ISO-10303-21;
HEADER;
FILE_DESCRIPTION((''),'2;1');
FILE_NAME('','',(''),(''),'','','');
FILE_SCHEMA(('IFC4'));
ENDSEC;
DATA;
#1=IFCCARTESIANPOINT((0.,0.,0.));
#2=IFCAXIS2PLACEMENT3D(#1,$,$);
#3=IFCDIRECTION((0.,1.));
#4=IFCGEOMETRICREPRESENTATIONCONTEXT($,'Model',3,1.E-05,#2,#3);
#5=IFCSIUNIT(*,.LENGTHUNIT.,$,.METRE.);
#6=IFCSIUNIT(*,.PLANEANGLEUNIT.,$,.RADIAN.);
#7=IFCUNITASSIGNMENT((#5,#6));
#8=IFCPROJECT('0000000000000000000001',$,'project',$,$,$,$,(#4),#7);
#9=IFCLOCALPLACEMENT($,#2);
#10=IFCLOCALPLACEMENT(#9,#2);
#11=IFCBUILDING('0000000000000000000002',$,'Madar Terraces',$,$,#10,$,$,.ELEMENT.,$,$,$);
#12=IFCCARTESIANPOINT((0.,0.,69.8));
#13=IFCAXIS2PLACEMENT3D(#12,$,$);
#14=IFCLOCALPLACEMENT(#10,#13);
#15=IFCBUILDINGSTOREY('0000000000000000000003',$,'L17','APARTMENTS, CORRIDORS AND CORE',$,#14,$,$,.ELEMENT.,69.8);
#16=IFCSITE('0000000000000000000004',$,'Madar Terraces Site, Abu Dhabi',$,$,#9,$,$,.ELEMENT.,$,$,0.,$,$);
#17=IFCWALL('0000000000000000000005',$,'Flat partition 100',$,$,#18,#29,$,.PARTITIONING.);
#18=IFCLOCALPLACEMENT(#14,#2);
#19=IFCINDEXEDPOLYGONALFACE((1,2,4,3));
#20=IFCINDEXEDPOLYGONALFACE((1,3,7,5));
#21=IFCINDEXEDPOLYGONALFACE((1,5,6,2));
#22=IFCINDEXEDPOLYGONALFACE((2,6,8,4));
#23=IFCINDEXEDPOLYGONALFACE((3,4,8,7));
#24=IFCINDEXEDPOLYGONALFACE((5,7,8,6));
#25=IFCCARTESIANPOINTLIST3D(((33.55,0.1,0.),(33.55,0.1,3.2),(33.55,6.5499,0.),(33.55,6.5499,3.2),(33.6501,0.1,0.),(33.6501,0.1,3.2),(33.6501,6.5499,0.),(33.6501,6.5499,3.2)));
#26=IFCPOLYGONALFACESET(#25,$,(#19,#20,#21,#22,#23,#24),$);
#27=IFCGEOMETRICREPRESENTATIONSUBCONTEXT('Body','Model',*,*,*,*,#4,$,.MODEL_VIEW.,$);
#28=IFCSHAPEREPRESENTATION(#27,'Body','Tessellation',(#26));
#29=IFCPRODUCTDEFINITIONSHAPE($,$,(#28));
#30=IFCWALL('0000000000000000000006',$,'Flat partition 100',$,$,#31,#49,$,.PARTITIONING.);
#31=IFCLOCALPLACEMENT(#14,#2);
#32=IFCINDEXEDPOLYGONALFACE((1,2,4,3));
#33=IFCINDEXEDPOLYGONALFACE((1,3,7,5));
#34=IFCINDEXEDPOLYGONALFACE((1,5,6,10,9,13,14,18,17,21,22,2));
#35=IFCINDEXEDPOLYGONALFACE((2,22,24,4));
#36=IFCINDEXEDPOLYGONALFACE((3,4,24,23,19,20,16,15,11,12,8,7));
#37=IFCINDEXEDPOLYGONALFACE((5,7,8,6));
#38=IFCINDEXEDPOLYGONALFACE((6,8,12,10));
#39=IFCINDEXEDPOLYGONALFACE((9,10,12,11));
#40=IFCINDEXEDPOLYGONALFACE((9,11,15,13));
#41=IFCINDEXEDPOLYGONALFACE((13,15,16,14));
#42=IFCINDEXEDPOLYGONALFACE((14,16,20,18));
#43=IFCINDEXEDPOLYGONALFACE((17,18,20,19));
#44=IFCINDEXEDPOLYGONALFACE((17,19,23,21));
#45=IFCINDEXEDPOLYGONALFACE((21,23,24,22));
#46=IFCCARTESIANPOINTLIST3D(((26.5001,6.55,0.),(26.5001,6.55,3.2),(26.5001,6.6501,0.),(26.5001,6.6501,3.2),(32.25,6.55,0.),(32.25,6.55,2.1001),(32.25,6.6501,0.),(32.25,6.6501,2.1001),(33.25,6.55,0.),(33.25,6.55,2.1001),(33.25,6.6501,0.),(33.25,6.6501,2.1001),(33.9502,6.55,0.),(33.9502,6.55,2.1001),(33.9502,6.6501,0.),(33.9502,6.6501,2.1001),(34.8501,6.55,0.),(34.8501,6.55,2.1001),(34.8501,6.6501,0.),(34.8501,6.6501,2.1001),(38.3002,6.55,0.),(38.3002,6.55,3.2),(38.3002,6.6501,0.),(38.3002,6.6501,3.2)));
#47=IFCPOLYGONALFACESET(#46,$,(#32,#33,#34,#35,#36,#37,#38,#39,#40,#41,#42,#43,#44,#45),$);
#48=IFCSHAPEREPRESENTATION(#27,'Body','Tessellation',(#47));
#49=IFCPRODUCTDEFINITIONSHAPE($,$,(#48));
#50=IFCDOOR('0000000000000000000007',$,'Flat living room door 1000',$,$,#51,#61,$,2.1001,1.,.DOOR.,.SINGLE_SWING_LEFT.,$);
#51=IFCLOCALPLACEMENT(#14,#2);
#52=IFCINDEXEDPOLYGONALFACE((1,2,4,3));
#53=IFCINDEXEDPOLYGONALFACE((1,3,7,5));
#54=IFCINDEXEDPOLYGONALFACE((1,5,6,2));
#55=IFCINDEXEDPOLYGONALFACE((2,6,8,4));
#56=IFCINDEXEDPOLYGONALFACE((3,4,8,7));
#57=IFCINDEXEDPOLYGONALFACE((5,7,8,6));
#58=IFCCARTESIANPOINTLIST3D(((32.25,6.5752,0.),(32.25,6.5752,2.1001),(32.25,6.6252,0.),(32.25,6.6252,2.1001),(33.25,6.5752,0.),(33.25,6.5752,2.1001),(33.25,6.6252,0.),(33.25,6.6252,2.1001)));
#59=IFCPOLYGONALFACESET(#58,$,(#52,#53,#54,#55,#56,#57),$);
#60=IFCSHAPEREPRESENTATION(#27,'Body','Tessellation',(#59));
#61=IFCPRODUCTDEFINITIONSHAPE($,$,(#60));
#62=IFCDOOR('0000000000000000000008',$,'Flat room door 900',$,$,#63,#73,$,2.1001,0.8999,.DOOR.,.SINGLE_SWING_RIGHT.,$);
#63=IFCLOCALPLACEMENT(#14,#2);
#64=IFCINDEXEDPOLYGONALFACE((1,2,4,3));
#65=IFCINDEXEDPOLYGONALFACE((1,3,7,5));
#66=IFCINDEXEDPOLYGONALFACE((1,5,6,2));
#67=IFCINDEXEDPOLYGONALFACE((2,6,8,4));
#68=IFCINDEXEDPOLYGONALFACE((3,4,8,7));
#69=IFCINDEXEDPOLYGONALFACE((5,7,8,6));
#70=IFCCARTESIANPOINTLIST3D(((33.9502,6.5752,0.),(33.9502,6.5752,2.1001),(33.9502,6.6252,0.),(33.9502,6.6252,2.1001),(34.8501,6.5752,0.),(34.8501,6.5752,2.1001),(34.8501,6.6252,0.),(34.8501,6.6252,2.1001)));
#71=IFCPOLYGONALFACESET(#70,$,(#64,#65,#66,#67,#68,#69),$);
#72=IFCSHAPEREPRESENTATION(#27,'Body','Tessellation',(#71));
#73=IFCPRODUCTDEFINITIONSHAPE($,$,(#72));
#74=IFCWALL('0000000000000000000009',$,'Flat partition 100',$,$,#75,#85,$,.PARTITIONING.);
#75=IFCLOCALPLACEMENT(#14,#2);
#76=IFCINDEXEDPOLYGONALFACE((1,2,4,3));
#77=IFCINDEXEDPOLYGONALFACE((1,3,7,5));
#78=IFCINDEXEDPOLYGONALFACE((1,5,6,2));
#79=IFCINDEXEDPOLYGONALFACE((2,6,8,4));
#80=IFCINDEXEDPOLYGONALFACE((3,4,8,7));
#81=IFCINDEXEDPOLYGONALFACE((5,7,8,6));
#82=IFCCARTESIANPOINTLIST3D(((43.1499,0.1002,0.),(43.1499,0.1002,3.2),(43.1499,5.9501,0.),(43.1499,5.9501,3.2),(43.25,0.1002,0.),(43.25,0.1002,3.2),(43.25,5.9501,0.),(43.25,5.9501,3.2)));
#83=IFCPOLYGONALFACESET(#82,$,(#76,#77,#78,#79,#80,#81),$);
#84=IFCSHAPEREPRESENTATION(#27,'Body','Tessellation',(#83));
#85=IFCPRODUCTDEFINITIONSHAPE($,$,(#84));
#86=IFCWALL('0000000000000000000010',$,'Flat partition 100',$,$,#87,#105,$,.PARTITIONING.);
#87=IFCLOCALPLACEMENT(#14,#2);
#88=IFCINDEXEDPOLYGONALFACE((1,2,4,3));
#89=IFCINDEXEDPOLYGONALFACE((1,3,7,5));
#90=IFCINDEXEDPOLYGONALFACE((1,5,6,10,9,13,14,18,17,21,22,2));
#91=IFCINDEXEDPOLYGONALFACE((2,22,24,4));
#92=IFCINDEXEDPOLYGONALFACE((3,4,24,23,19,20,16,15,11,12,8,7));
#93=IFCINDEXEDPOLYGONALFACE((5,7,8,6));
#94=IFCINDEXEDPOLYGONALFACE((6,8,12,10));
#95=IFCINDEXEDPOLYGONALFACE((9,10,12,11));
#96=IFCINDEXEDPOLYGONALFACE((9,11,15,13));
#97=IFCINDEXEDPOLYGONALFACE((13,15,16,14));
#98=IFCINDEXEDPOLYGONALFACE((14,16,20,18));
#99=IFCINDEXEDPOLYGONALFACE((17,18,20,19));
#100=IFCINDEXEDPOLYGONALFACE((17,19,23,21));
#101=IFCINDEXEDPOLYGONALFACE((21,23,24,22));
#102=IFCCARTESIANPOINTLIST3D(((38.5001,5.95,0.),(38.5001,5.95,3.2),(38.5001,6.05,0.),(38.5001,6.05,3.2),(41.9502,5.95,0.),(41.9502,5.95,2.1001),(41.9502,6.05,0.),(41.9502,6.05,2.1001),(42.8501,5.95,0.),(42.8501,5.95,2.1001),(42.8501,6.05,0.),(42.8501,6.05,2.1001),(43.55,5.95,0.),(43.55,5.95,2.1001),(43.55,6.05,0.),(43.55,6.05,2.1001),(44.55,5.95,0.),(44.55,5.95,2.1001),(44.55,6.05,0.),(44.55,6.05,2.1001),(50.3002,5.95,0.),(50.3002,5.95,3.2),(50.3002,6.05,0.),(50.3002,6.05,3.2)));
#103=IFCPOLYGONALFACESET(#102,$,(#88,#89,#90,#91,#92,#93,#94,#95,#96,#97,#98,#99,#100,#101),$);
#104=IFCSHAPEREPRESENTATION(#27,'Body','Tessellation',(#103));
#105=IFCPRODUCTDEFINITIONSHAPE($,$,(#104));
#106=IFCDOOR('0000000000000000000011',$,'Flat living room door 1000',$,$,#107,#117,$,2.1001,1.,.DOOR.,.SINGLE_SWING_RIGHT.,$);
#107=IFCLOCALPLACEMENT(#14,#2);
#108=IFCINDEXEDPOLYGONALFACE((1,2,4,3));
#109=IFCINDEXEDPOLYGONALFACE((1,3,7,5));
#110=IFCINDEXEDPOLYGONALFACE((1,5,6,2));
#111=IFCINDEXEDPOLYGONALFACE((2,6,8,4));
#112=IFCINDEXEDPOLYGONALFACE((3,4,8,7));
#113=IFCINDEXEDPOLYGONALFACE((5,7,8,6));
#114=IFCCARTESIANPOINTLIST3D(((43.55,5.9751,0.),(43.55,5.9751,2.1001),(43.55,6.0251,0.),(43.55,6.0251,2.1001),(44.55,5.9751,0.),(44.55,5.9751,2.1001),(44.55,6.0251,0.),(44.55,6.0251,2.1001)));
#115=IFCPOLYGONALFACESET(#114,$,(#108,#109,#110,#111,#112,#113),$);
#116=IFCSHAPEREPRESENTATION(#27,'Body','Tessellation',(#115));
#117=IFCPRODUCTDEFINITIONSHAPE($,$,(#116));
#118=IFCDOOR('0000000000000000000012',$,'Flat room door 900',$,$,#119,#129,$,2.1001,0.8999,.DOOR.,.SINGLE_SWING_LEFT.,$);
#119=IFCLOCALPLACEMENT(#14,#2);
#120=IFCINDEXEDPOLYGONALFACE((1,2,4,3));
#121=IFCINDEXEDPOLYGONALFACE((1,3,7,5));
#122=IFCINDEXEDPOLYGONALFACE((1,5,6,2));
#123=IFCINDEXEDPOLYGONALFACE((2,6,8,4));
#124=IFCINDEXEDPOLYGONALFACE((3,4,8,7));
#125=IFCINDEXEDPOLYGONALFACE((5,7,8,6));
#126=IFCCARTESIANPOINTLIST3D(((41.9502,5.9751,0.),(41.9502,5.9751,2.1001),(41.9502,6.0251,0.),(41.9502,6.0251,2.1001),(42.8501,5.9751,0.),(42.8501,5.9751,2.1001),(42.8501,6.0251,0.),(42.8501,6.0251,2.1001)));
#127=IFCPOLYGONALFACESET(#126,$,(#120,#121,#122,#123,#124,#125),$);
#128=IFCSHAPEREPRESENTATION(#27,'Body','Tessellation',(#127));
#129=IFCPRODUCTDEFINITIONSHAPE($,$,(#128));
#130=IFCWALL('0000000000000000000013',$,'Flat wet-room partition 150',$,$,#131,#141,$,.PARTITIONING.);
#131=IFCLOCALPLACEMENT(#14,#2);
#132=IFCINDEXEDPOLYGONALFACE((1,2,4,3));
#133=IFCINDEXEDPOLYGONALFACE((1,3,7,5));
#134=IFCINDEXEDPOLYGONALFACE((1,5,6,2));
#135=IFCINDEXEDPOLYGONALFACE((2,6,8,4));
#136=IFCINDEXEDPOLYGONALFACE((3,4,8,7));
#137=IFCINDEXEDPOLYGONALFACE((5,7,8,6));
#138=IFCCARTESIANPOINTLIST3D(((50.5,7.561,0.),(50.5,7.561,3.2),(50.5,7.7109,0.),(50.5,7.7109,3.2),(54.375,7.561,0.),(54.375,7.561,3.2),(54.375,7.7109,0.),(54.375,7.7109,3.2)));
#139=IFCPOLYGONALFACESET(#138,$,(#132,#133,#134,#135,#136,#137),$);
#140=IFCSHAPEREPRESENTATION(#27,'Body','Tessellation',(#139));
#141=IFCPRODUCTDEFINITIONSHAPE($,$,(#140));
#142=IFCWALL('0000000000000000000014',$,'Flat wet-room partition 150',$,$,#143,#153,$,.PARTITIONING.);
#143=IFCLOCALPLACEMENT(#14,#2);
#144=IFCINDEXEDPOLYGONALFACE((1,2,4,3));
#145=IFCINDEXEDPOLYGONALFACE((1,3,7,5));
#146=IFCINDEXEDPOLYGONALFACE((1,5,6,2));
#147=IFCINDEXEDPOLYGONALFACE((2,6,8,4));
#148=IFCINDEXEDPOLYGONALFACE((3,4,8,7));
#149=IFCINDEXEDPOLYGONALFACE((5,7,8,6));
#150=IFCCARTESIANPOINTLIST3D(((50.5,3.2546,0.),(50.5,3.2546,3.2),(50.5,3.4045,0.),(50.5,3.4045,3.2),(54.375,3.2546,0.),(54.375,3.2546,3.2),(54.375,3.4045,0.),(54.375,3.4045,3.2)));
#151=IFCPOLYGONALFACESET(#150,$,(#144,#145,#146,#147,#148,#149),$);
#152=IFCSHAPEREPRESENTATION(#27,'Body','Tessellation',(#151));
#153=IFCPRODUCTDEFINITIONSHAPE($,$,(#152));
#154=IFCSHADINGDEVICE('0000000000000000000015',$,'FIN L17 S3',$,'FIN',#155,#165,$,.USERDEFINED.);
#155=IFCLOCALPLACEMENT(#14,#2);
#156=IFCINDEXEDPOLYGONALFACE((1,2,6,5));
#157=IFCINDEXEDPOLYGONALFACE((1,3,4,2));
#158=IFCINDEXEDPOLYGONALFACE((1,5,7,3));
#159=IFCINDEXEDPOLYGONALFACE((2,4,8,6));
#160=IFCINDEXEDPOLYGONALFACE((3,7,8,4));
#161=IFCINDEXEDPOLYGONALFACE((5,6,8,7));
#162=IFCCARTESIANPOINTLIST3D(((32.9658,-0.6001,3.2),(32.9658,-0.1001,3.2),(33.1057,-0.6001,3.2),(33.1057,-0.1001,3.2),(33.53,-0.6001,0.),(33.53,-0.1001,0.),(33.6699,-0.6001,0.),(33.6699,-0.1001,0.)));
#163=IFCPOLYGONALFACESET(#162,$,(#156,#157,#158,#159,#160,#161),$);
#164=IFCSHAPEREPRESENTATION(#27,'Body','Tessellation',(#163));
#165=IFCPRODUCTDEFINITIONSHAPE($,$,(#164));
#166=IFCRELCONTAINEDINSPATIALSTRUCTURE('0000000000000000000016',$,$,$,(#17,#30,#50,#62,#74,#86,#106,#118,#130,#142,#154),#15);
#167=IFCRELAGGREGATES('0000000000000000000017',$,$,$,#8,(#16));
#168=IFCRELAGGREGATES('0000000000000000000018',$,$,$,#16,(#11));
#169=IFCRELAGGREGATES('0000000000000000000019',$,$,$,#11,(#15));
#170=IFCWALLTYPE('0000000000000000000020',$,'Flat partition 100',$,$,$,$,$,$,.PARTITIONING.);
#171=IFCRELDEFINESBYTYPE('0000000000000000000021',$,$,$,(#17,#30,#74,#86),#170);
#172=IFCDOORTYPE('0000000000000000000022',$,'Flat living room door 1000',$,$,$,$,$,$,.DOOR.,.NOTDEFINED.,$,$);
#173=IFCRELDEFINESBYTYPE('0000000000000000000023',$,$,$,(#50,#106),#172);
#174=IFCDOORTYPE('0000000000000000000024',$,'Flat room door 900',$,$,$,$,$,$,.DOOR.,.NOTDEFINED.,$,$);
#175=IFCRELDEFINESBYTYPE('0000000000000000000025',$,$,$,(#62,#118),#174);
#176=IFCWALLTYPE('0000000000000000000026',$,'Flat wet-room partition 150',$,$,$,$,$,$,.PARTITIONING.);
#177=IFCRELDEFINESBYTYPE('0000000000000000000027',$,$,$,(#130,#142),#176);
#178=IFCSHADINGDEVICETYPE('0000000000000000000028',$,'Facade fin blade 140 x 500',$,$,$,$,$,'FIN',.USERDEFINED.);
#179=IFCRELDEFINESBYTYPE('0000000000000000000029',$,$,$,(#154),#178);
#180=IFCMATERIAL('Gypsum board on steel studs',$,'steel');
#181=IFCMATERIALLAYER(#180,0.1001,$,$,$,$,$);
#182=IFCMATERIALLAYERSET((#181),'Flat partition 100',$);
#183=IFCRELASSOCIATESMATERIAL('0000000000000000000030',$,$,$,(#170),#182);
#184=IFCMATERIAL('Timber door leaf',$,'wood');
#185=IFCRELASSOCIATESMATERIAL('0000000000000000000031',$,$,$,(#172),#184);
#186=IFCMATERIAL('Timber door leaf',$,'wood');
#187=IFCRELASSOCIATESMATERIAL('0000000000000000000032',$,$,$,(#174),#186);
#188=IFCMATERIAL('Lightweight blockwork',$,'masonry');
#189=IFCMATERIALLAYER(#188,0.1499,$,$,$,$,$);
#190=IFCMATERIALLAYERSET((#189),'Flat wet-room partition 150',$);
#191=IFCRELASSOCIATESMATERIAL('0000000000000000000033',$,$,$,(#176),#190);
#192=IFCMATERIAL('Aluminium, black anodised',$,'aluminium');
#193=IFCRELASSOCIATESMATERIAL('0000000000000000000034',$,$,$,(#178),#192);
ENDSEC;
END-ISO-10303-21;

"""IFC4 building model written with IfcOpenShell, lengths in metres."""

from ifc_helpers import new_model, si_unit, direction, frame, frame_2d, origin, place, context, subcontext, project, spatial, polyline, rectangle, outline, extrude, material, layer, layer_set, type_object, element, fill, save


model = new_model("IFC4")

# Units and contexts
model_context = context("Model", 3, precision=1e-05, world=origin(), true_north=direction((0.0, 1.0)))
body_context = subcontext(model_context, "Body", "Model", "MODEL_VIEW")
ifc_project = project(units=[si_unit("LENGTHUNIT", "METRE"), si_unit("PLANEANGLEUNIT", "RADIAN")], contexts=[model_context])

# Site, building, storey
site_placement = place(None, origin())
site = spatial("IfcSite", under=ifc_project, at=site_placement, Name="Madar Terraces Site, Abu Dhabi", CompositionType="ELEMENT", RefElevation=0.0)
building_placement = place(site_placement, origin())
building = spatial("IfcBuilding", under=site, at=building_placement, Name="Madar Terraces", CompositionType="ELEMENT")
storey_placement = place(building_placement, frame((0.0, 0.0, 69.8)))
storey = spatial("IfcBuildingStorey", under=building, at=storey_placement, Name="L17", Description="APARTMENTS, CORRIDORS AND CORE", CompositionType="ELEMENT", Elevation=69.8)

# Wall
ifc_material_1 = material(Name="Gypsum board on steel studs", Category="steel")
ifc_layer_1 = layer(ifc_material_1, 0.1001)
ifc_layer_set_1 = layer_set([ifc_layer_1], Name="Flat partition 100")
wall_type_1 = type_object("IfcWallType", Name="Flat partition 100", PredefinedType="PARTITIONING", material=ifc_layer_set_1)
wall_1_placement = place(storey_placement, frame((33.6001, 6.55, 0.0), z_axis=(0.0, 0.0, 1.0), x_axis=(0.0, -1.0, 0.0)))
element("IfcWall", 1, at=wall_1_placement, inside=storey, type_object=wall_type_1, Name="Flat partition 100", PredefinedType="PARTITIONING", context=body_context, shape_type="SweptSolid", body=[
    extrude(rectangle(XDim=6.45, YDim=0.1001, at=frame_2d((3.2251, 0.0))), origin(), (0.0, 0.0, 1.0), 3.2),
])

# Wall, openings, doors
wall_2_placement = place(storey_placement, frame((38.3, 6.6001, 0.0), z_axis=(0.0, 0.0, 1.0), x_axis=(-1.0, 0.0, 0.0)))
wall_2 = element("IfcWall", 2, at=wall_2_placement, inside=storey, type_object=wall_type_1, Name="Flat partition 100", PredefinedType="PARTITIONING", context=body_context, shape_type="SweptSolid", body=[
    extrude(rectangle(XDim=11.8, YDim=0.1001, at=frame_2d((5.8999, 0.0))), origin(), (0.0, 0.0, 1.0), 3.2),
])
opening_1_placement = place(wall_2_placement, frame((5.05, 0.0, 0.0)))
opening_1 = element("IfcOpeningElement", 3, at=opening_1_placement, cuts=wall_2, PredefinedType="OPENING", context=body_context, shape_type="SweptSolid", body=[
    extrude(rectangle(XDim=1.0, YDim=2.1001, at=frame_2d((0.5, 1.05))), frame((0.0, 0.0601, 0.0), z_axis=(0.0, -1.0, 0.0), x_axis=(1.0, 0.0, 0.0)), (0.0, 0.0, 1.0), 0.1201),
])
opening_2_placement = place(wall_2_placement, frame((3.45, 0.0, 0.0)))
opening_2 = element("IfcOpeningElement", 4, at=opening_2_placement, cuts=wall_2, PredefinedType="OPENING", context=body_context, shape_type="SweptSolid", body=[
    extrude(rectangle(XDim=0.8999, YDim=2.1001, at=frame_2d((0.45, 1.05))), frame((0.0, 0.0601, 0.0), z_axis=(0.0, -1.0, 0.0), x_axis=(1.0, 0.0, 0.0)), (0.0, 0.0, 1.0), 0.1201),
])
ifc_material_2 = material(Name="Timber door leaf", Category="wood")
door_type_1 = type_object("IfcDoorType", Name="Flat living room door 1000", OperationType="NOTDEFINED", PredefinedType="DOOR", material=ifc_material_2)
door_1_placement = place(opening_1_placement, origin())
door_1 = element("IfcDoor", 5, at=door_1_placement, inside=storey, type_object=door_type_1, Name="Flat living room door 1000", OperationType="SINGLE_SWING_LEFT", OverallHeight=2.1001, OverallWidth=1.0, PredefinedType="DOOR", context=body_context, shape_type="SweptSolid", body=[
    extrude(rectangle(XDim=1.0, YDim=2.1001, at=frame_2d((0.5, 1.05))), frame((0.0, 0.0249, 0.0), z_axis=(0.0, -1.0, 0.0), x_axis=(1.0, 0.0, 0.0)), (0.0, 0.0, 1.0), 0.05),
])
fill(opening_1, door_1)
ifc_material_3 = material(Name="Timber door leaf", Category="wood")
door_type_2 = type_object("IfcDoorType", Name="Flat room door 900", OperationType="NOTDEFINED", PredefinedType="DOOR", material=ifc_material_3)
door_2_placement = place(opening_2_placement, origin())
door_2 = element("IfcDoor", 6, at=door_2_placement, inside=storey, type_object=door_type_2, Name="Flat room door 900", OperationType="SINGLE_SWING_RIGHT", OverallHeight=2.1001, OverallWidth=0.8999, PredefinedType="DOOR", context=body_context, shape_type="SweptSolid", body=[
    extrude(rectangle(XDim=0.8999, YDim=2.1001, at=frame_2d((0.45, 1.05))), frame((0.0, 0.0249, 0.0), z_axis=(0.0, -1.0, 0.0), x_axis=(1.0, 0.0, 0.0)), (0.0, 0.0, 1.0), 0.05),
])
fill(opening_2, door_2)

# Wall
wall_3_placement = place(storey_placement, frame((43.2, 5.95, 0.0), z_axis=(0.0, 0.0, 1.0), x_axis=(0.0, -1.0, 0.0)))
element("IfcWall", 7, at=wall_3_placement, inside=storey, type_object=wall_type_1, Name="Flat partition 100", PredefinedType="PARTITIONING", context=body_context, shape_type="SweptSolid", body=[
    extrude(rectangle(XDim=5.8499, YDim=0.1001, at=frame_2d((2.9248, 0.0))), origin(), (0.0, 0.0, 1.0), 3.2),
])

# Wall, openings, doors
wall_4_placement = place(storey_placement, frame((50.3, 6.0, 0.0), z_axis=(0.0, 0.0, 1.0), x_axis=(-1.0, 0.0, 0.0)))
wall_4 = element("IfcWall", 8, at=wall_4_placement, inside=storey, type_object=wall_type_1, Name="Flat partition 100", PredefinedType="PARTITIONING", context=body_context, shape_type="SweptSolid", body=[
    extrude(rectangle(XDim=11.8, YDim=0.1001, at=frame_2d((5.8999, 0.0))), origin(), (0.0, 0.0, 1.0), 3.2),
])
opening_3_placement = place(wall_4_placement, frame((5.75, 0.0, 0.0)))
opening_3 = element("IfcOpeningElement", 9, at=opening_3_placement, cuts=wall_4, PredefinedType="OPENING", context=body_context, shape_type="SweptSolid", body=[
    extrude(rectangle(XDim=1.0, YDim=2.1001, at=frame_2d((0.5, 1.05))), frame((0.0, 0.0601, 0.0), z_axis=(0.0, -1.0, 0.0), x_axis=(1.0, 0.0, 0.0)), (0.0, 0.0, 1.0), 0.1201),
])
opening_4_placement = place(wall_4_placement, frame((7.45, 0.0, 0.0)))
opening_4 = element("IfcOpeningElement", 10, at=opening_4_placement, cuts=wall_4, PredefinedType="OPENING", context=body_context, shape_type="SweptSolid", body=[
    extrude(rectangle(XDim=0.8999, YDim=2.1001, at=frame_2d((0.45, 1.05))), frame((0.0, 0.0601, 0.0), z_axis=(0.0, -1.0, 0.0), x_axis=(1.0, 0.0, 0.0)), (0.0, 0.0, 1.0), 0.1201),
])
door_3_placement = place(opening_3_placement, origin())
door_3 = element("IfcDoor", 11, at=door_3_placement, inside=storey, type_object=door_type_1, Name="Flat living room door 1000", OperationType="SINGLE_SWING_RIGHT", OverallHeight=2.1001, OverallWidth=1.0, PredefinedType="DOOR", context=body_context, shape_type="SweptSolid", body=[
    extrude(rectangle(XDim=1.0, YDim=2.1001, at=frame_2d((0.5, 1.05))), frame((0.0, 0.0249, 0.0), z_axis=(0.0, -1.0, 0.0), x_axis=(1.0, 0.0, 0.0)), (0.0, 0.0, 1.0), 0.05),
])
fill(opening_3, door_3)
door_4_placement = place(opening_4_placement, origin())
door_4 = element("IfcDoor", 12, at=door_4_placement, inside=storey, type_object=door_type_2, Name="Flat room door 900", OperationType="SINGLE_SWING_LEFT", OverallHeight=2.1001, OverallWidth=0.8999, PredefinedType="DOOR", context=body_context, shape_type="SweptSolid", body=[
    extrude(rectangle(XDim=0.8999, YDim=2.1001, at=frame_2d((0.45, 1.05))), frame((0.0, 0.0249, 0.0), z_axis=(0.0, -1.0, 0.0), x_axis=(1.0, 0.0, 0.0)), (0.0, 0.0, 1.0), 0.05),
])
fill(opening_4, door_4)

# Walls
ifc_material_4 = material(Name="Lightweight blockwork", Category="masonry")
ifc_layer_2 = layer(ifc_material_4, 0.1499)
ifc_layer_set_2 = layer_set([ifc_layer_2], Name="Flat wet-room partition 150")
wall_type_2 = type_object("IfcWallType", Name="Flat wet-room partition 150", PredefinedType="PARTITIONING", material=ifc_layer_set_2)
for number, where, z_axis, x_axis, name in (
    (13, (50.5, 7.636, 0.0), (0.0, 0.0, 1.0), (1.0, 0.0, 0.0), "Flat wet-room partition 150"),
    (14, (50.5, 3.3296, 0.0), (0.0, 0.0, 1.0), (1.0, 0.0, 0.0), "Flat wet-room partition 150"),
):
    element("IfcWall", number, at=place(storey_placement, frame(where, z_axis=z_axis, x_axis=x_axis)), inside=storey, type_object=wall_type_2, Name=name, PredefinedType="PARTITIONING", context=body_context, shape_type="SweptSolid", body=[
        extrude(rectangle(XDim=3.875, YDim=0.1499, at=frame_2d((1.9375, 0.0))), origin(), (0.0, 0.0, 1.0), 3.2),
    ])

# Shading device
ifc_material_5 = material(Name="Aluminium, black anodised", Category="aluminium")
shading_device_type = type_object("IfcShadingDeviceType", Name="Facade fin blade 140 x 500", ElementType="FIN", PredefinedType="USERDEFINED", material=ifc_material_5)
shading_device_1_placement = place(storey_placement, frame((33.53, -0.3501, 0.0), z_axis=(0.0, 0.0, 1.0), x_axis=(1.0, 0.0, 0.0)))
element("IfcShadingDevice", 15, at=shading_device_1_placement, inside=storey, type_object=shading_device_type, Name="FIN L17 S3", ObjectType="FIN", PredefinedType="USERDEFINED", context=body_context, shape_type="SweptSolid", body=[
    extrude(outline(polyline([(0.0, 0.0), (0.1399, 0.0), (-0.4243, 3.2), (-0.5642, 3.2), (0.0, 0.0)])), frame((0.0, 0.25, 0.0), z_axis=(0.0, -1.0, 0.0), x_axis=(1.0, 0.0, 0.0)), (0.0, 0.0, 1.0), 0.5),
])

save(model, "model.ifc")
